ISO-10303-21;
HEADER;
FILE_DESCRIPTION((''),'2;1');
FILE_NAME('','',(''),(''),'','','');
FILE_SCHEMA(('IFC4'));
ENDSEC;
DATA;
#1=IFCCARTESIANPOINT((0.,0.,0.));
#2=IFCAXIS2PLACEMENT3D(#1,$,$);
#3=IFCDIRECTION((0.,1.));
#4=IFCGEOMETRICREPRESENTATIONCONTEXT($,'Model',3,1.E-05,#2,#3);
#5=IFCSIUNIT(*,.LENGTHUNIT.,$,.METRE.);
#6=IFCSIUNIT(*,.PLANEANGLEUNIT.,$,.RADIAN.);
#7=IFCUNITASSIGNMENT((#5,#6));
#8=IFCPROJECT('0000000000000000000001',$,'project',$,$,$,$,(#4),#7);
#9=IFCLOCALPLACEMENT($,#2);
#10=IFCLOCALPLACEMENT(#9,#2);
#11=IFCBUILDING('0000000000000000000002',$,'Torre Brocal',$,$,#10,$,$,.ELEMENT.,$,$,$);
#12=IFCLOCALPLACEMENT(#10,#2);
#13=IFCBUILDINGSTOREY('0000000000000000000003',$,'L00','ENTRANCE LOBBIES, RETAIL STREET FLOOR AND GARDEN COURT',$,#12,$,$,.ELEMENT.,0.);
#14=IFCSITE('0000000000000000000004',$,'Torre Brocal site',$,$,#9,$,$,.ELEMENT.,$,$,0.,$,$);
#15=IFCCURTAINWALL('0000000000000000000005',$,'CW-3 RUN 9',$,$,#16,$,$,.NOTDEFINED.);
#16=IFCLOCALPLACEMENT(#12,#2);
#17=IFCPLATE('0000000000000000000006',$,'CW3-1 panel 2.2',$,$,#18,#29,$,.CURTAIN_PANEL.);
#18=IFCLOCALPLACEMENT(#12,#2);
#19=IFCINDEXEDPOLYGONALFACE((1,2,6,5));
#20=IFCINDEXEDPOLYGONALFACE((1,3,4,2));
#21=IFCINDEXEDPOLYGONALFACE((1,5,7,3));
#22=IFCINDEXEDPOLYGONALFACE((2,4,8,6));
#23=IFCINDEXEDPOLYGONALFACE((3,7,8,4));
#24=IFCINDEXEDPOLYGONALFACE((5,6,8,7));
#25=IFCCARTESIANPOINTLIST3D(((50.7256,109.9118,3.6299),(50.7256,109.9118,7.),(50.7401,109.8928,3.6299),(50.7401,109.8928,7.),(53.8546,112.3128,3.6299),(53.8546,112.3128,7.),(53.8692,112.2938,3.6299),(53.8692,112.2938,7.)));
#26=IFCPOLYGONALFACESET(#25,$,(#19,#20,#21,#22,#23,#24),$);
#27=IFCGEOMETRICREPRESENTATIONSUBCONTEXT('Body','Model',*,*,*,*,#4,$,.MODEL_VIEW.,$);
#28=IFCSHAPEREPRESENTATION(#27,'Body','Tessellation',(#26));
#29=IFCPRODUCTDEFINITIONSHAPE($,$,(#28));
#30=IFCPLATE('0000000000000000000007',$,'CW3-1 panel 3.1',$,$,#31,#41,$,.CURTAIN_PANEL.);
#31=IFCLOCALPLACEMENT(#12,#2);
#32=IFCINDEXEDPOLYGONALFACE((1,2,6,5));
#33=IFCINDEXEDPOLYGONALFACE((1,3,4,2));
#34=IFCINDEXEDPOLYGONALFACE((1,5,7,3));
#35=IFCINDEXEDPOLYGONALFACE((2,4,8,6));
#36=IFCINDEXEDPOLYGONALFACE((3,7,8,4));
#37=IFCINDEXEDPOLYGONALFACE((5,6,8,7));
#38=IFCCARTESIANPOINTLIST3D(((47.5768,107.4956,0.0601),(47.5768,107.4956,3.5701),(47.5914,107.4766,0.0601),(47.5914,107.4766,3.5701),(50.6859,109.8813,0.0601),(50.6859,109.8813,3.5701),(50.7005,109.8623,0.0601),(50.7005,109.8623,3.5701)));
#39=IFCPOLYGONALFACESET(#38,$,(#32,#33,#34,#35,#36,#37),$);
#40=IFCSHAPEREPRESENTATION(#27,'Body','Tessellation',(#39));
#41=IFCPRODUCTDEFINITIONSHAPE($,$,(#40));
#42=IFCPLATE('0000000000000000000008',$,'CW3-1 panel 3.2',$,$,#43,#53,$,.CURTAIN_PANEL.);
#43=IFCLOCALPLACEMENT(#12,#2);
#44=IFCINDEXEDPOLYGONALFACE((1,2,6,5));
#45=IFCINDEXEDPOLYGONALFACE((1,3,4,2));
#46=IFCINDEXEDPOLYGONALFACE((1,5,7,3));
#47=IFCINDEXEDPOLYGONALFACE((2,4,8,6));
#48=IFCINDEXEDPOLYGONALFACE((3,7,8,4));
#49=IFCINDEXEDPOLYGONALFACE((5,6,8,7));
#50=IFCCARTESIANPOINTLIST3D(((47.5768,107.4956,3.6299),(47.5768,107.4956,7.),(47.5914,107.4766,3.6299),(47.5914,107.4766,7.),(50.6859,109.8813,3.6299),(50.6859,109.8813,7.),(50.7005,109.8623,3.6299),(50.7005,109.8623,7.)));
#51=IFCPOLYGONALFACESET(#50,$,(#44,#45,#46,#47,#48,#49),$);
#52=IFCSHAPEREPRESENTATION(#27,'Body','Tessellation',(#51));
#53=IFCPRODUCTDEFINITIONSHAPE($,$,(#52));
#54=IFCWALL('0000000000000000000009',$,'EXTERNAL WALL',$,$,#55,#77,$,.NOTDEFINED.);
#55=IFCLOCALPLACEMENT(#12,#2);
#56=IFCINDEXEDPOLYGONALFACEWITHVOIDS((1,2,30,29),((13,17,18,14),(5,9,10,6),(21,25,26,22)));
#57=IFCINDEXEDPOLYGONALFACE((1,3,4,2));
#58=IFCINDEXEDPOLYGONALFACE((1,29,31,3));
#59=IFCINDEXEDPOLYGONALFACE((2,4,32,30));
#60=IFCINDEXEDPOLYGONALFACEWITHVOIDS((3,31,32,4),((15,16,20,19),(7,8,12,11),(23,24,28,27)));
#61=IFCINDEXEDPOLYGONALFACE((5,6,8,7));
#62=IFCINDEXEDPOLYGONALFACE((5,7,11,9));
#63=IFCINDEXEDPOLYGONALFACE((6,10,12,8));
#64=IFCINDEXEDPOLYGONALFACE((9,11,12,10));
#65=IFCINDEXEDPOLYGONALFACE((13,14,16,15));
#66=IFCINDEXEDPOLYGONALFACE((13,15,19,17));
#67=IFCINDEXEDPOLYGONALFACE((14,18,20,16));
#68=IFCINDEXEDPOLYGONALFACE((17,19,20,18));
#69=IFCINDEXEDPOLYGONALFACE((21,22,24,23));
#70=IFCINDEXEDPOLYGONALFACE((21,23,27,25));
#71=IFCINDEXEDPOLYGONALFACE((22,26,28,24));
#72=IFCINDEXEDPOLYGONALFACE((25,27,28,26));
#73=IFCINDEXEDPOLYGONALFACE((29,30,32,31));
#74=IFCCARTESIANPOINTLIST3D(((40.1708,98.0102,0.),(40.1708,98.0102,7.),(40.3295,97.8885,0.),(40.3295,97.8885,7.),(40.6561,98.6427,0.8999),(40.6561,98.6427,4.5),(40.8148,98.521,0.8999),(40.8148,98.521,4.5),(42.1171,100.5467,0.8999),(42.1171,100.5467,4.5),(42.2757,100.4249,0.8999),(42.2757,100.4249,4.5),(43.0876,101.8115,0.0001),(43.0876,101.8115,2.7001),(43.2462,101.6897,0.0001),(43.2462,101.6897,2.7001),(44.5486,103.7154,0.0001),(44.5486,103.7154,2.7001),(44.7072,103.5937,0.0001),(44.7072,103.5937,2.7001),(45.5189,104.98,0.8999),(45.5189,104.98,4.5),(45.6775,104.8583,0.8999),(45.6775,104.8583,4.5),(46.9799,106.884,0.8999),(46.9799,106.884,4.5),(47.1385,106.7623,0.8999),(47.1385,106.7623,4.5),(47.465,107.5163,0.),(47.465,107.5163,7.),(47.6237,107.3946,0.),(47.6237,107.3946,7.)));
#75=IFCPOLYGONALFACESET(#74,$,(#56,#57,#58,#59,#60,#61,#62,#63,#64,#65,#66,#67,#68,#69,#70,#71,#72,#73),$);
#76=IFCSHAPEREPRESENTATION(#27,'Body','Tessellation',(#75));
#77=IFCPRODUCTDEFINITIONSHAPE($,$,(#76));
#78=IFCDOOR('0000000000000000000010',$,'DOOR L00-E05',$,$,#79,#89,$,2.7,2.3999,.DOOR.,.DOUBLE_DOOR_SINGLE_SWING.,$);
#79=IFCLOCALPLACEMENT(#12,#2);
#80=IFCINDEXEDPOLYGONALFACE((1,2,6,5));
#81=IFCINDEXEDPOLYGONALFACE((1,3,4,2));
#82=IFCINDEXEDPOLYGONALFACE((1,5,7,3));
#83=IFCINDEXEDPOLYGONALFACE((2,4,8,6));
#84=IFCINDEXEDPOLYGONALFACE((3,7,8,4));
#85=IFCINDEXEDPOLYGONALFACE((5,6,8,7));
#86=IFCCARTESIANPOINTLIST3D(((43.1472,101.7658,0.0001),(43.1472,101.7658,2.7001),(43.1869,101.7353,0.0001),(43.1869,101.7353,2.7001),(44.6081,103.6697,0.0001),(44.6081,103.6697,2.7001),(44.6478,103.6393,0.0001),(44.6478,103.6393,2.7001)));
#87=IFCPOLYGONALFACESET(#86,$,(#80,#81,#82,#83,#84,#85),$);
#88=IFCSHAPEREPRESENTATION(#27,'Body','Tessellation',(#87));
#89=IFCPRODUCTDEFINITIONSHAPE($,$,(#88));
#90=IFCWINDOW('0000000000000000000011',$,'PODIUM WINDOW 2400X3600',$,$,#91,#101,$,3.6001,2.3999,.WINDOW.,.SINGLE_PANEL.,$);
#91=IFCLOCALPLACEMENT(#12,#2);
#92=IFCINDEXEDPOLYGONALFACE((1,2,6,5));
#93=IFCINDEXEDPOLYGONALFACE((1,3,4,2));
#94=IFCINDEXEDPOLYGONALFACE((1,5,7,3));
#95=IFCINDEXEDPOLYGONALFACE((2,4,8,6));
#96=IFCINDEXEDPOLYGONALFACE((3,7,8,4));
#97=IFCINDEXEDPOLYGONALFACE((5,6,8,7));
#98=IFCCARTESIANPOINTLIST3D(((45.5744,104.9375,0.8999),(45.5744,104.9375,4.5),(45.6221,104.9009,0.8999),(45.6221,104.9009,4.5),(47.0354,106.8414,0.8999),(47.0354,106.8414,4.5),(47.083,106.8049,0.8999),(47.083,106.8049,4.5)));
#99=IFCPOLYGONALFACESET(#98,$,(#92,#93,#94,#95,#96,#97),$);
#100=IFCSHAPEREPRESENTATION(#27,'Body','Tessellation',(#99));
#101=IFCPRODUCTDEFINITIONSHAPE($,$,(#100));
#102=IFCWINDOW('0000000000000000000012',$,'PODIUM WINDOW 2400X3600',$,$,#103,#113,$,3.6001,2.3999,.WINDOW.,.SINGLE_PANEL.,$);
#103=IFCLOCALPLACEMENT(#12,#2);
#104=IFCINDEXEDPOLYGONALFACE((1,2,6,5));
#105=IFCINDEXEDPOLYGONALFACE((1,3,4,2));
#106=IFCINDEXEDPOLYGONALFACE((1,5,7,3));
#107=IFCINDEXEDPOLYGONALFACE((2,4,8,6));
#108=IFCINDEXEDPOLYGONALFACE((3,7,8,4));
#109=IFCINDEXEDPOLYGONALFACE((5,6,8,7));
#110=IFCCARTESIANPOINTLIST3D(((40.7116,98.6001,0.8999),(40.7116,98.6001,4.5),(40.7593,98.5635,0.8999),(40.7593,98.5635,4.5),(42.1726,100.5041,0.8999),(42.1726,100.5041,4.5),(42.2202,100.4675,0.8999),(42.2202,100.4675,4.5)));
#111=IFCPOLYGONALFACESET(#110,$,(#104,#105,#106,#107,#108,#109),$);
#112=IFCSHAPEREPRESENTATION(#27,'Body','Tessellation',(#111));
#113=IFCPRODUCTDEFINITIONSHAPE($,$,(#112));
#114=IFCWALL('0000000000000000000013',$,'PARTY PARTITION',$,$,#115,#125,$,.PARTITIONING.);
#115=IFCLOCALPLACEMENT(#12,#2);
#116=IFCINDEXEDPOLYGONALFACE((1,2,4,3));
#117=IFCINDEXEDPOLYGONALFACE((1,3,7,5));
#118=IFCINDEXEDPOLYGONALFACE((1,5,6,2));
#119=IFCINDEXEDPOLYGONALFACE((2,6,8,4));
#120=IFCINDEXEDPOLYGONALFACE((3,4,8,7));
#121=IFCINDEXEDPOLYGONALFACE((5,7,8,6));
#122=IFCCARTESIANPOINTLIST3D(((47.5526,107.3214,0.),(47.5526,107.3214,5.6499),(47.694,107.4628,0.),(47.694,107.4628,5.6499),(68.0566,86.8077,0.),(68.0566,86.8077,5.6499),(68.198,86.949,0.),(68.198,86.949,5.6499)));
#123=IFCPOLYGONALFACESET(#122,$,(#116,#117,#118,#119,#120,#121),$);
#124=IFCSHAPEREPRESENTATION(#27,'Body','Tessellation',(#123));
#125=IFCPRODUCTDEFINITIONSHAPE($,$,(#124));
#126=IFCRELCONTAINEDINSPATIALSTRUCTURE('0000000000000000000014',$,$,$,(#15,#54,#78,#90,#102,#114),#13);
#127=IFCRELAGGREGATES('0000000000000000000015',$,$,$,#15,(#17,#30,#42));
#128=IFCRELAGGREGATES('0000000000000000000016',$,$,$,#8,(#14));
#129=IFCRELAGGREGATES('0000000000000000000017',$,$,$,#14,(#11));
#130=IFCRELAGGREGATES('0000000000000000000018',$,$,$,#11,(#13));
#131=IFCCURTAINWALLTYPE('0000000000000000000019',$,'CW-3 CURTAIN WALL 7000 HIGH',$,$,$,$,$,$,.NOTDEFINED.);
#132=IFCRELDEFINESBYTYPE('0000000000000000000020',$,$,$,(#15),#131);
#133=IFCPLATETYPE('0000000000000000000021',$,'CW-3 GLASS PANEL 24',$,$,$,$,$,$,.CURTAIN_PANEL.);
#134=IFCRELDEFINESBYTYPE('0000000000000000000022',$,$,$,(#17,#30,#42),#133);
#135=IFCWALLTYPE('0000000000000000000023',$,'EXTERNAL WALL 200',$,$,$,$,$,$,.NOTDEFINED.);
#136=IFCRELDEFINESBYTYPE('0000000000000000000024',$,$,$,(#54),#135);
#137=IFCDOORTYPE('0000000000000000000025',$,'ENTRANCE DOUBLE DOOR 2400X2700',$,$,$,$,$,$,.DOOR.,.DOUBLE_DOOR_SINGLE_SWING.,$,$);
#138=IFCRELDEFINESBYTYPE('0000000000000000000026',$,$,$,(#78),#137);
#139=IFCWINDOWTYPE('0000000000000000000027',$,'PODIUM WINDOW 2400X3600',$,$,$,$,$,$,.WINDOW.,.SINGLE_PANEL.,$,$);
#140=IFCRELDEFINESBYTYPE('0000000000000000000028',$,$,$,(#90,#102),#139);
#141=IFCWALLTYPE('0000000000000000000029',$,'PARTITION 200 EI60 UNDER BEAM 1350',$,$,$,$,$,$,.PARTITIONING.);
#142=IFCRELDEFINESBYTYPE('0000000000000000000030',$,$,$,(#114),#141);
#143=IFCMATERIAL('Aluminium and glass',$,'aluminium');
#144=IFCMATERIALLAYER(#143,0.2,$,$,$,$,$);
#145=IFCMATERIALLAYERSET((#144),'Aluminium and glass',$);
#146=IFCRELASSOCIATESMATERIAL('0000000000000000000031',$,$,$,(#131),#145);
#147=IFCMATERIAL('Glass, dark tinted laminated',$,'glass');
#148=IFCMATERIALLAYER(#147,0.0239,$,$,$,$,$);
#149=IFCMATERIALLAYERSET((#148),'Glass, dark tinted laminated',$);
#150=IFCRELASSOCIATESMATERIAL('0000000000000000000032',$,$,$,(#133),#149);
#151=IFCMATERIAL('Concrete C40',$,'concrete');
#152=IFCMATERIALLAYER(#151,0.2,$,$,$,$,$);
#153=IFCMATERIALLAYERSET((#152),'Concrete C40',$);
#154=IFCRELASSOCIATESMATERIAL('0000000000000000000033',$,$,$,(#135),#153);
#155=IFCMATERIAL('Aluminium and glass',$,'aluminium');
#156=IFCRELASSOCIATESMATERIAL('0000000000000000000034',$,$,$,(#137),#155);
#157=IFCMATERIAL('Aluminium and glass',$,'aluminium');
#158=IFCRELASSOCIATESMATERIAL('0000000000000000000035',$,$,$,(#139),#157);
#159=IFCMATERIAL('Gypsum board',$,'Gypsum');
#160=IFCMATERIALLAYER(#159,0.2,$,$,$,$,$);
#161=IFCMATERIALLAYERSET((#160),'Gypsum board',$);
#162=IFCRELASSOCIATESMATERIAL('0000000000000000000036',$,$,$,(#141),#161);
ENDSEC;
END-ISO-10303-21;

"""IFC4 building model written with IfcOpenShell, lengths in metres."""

from ifc_helpers import new_model, si_unit, direction, frame, frame_2d, origin, origin_2d, place, context, subcontext, project, spatial, rectangle, extrude, material, layer, layer_set, type_object, element, fill, aggregate, save


model = new_model("IFC4")

# Units and contexts
model_context = context("Model", 3, precision=1e-05, world=origin(), true_north=direction((0.0, 1.0)))
body_context = subcontext(model_context, "Body", "Model", "MODEL_VIEW")
ifc_project = project(units=[si_unit("LENGTHUNIT", "METRE"), si_unit("PLANEANGLEUNIT", "RADIAN")], contexts=[model_context])

# Site, building, storey
site_placement = place(None, origin())
site = spatial("IfcSite", under=ifc_project, at=site_placement, Name="Torre Brocal site", CompositionType="ELEMENT", RefElevation=0.0)
building_placement = place(site_placement, origin())
building = spatial("IfcBuilding", under=site, at=building_placement, Name="Torre Brocal", CompositionType="ELEMENT")
storey_placement = place(building_placement, origin())
storey = spatial("IfcBuildingStorey", under=building, at=storey_placement, Name="L00", Description="ENTRANCE LOBBIES, RETAIL STREET FLOOR AND GARDEN COURT", CompositionType="ELEMENT", Elevation=0.0)

# Curtain wall
ifc_material_1 = material(Name="Aluminium and glass", Category="aluminium")
ifc_layer_1 = layer(ifc_material_1, 0.2)
ifc_layer_set_1 = layer_set([ifc_layer_1], Name="Aluminium and glass")
curtain_wall_type = type_object("IfcCurtainWallType", Name="CW-3 CURTAIN WALL 7000 HIGH", PredefinedType="NOTDEFINED", material=ifc_layer_set_1)
curtain_wall_placement = place(storey_placement, origin())
curtain_wall = element("IfcCurtainWall", 1, at=curtain_wall_placement, inside=storey, type_object=curtain_wall_type, Name="CW-3 RUN 9", PredefinedType="NOTDEFINED")

# Plates
ifc_material_2 = material(Name="Glass, dark tinted laminated", Category="glass")
ifc_layer_2 = layer(ifc_material_2, 0.0239)
ifc_layer_set_2 = layer_set([ifc_layer_2], Name="Glass, dark tinted laminated")
plate_type = type_object("IfcPlateType", Name="CW-3 GLASS PANEL 24", PredefinedType="CURTAIN_PANEL", material=ifc_layer_set_2)
plate_1_placement = place(storey_placement, frame((52.2974, 111.1028, 3.6299), z_axis=(0.0, 0.0, 1.0), x_axis=(-0.793353, -0.608761, 0.0)))
plate_1 = element("IfcPlate", 2, at=plate_1_placement, type_object=plate_type, Name="CW3-1 panel 2.2", PredefinedType="CURTAIN_PANEL", context=body_context, shape_type="SweptSolid", body=[
    extrude(rectangle(XDim=3.9441, YDim=0.0239, at=origin_2d()), origin(), (0.0, 0.0, 1.0), 3.3701),
])
plate_2_placement = place(storey_placement, frame((49.1387, 108.679, 0.0601), z_axis=(0.0, 0.0, 1.0), x_axis=(-0.793353, -0.608761, 0.0)))
plate_2 = element("IfcPlate", 3, at=plate_2_placement, type_object=plate_type, Name="CW3-1 panel 3.1", PredefinedType="CURTAIN_PANEL", context=body_context, shape_type="SweptSolid", body=[
    extrude(rectangle(XDim=3.9189, YDim=0.0239, at=origin_2d()), origin(), (0.0, 0.0, 1.0), 3.51),
])
plate_3_placement = place(storey_placement, frame((49.1387, 108.679, 3.6299), z_axis=(0.0, 0.0, 1.0), x_axis=(-0.793353, -0.608761, 0.0)))
plate_3 = element("IfcPlate", 4, at=plate_3_placement, type_object=plate_type, Name="CW3-1 panel 3.2", PredefinedType="CURTAIN_PANEL", context=body_context, shape_type="SweptSolid", body=[
    extrude(rectangle(XDim=3.9189, YDim=0.0239, at=origin_2d()), origin(), (0.0, 0.0, 1.0), 3.3701),
])
aggregate(curtain_wall, [plate_1, plate_2, plate_3])

# Wall, openings, door, windows
ifc_material_3 = material(Name="Concrete C40", Category="concrete")
ifc_layer_3 = layer(ifc_material_3, 0.2)
ifc_layer_set_3 = layer_set([ifc_layer_3], Name="Concrete C40")
wall_type_1 = type_object("IfcWallType", Name="EXTERNAL WALL 200", PredefinedType="NOTDEFINED", material=ifc_layer_set_3)
wall_1_placement = place(storey_placement, frame((47.5444, 107.4556, 0.0), z_axis=(0.0, 0.0, 1.0), x_axis=(-0.608756, -0.793357, 0.0)))
wall_1 = element("IfcWall", 5, at=wall_1_placement, inside=storey, type_object=wall_type_1, Name="EXTERNAL WALL", PredefinedType="NOTDEFINED", context=body_context, shape_type="SweptSolid", body=[
    extrude(rectangle(XDim=11.9822, YDim=0.2, at=frame_2d((5.9912, 0.0))), origin(), (0.0, 0.0, 1.0), 7.0),
])
opening_1_placement = place(wall_1_placement, frame((0.7971, 0.0, 0.8999)))
opening_1 = element("IfcOpeningElement", 6, at=opening_1_placement, cuts=wall_1, PredefinedType="OPENING", context=body_context, shape_type="SweptSolid", body=[
    extrude(rectangle(XDim=2.3999, YDim=3.6001, at=frame_2d((1.2, 1.8))), frame((0.0, 0.1099, 0.0), z_axis=(0.0, -1.0, 0.0), x_axis=(1.0, 0.0, 0.0)), (0.0, 0.0, 1.0), 0.22),
])
opening_2_placement = place(wall_1_placement, frame((4.791, 0.0, 0.0)))
opening_2 = element("IfcOpeningElement", 7, at=opening_2_placement, cuts=wall_1, PredefinedType="OPENING", context=body_context, shape_type="SweptSolid", body=[
    extrude(rectangle(XDim=2.3999, YDim=2.7, at=frame_2d((1.2, 1.3501))), frame((0.0, 0.1099, 0.0), z_axis=(0.0, -1.0, 0.0), x_axis=(1.0, 0.0, 0.0)), (0.0, 0.0, 1.0), 0.22),
])
opening_3_placement = place(wall_1_placement, frame((8.7852, 0.0, 0.8999)))
opening_3 = element("IfcOpeningElement", 8, at=opening_3_placement, cuts=wall_1, PredefinedType="OPENING", context=body_context, shape_type="SweptSolid", body=[
    extrude(rectangle(XDim=2.3999, YDim=3.6001, at=frame_2d((1.2, 1.8))), frame((0.0, 0.1099, 0.0), z_axis=(0.0, -1.0, 0.0), x_axis=(1.0, 0.0, 0.0)), (0.0, 0.0, 1.0), 0.22),
])
ifc_material_4 = material(Name="Aluminium and glass", Category="aluminium")
door_type = type_object("IfcDoorType", Name="ENTRANCE DOUBLE DOOR 2400X2700", OperationType="DOUBLE_DOOR_SINGLE_SWING", PredefinedType="DOOR", material=ifc_material_4)
door_placement = place(opening_2_placement, frame((2.3999, 0.0, 0.0), z_axis=(0.0, 0.0, 1.0), x_axis=(-1.0, 0.0, 0.0)))
door = element("IfcDoor", 9, at=door_placement, inside=storey, type_object=door_type, Name="DOOR L00-E05", OperationType="DOUBLE_DOOR_SINGLE_SWING", OverallHeight=2.7, OverallWidth=2.3999, PredefinedType="DOOR", context=body_context, shape_type="SweptSolid", body=[
    extrude(rectangle(XDim=2.3999, YDim=2.7, at=frame_2d((1.2, 1.3501))), frame((0.0, 0.0249, 0.0), z_axis=(0.0, -1.0, 0.0), x_axis=(1.0, 0.0, 0.0)), (0.0, 0.0, 1.0), 0.05),
])
fill(opening_2, door)
ifc_material_5 = material(Name="Aluminium and glass", Category="aluminium")
window_type = type_object("IfcWindowType", Name="PODIUM WINDOW 2400X3600", PartitioningType="SINGLE_PANEL", PredefinedType="WINDOW", material=ifc_material_5)
window_1_placement = place(opening_1_placement, origin())
window_1 = element("IfcWindow", 10, at=window_1_placement, inside=storey, type_object=window_type, Name="PODIUM WINDOW 2400X3600", OverallHeight=3.6001, OverallWidth=2.3999, PartitioningType="SINGLE_PANEL", PredefinedType="WINDOW", context=body_context, shape_type="SweptSolid", body=[
    extrude(rectangle(XDim=2.3999, YDim=3.6001, at=frame_2d((1.2, 1.8))), frame((0.0, 0.03, 0.0), z_axis=(0.0, -1.0, 0.0), x_axis=(1.0, 0.0, 0.0)), (0.0, 0.0, 1.0), 0.0601),
])
fill(opening_1, window_1)
window_2_placement = place(opening_3_placement, origin())
window_2 = element("IfcWindow", 11, at=window_2_placement, inside=storey, type_object=window_type, Name="PODIUM WINDOW 2400X3600", OverallHeight=3.6001, OverallWidth=2.3999, PartitioningType="SINGLE_PANEL", PredefinedType="WINDOW", context=body_context, shape_type="SweptSolid", body=[
    extrude(rectangle(XDim=2.3999, YDim=3.6001, at=frame_2d((1.2, 1.8))), frame((0.0, 0.03, 0.0), z_axis=(0.0, -1.0, 0.0), x_axis=(1.0, 0.0, 0.0)), (0.0, 0.0, 1.0), 0.0601),
])
fill(opening_3, window_2)

# Wall
ifc_material_6 = material(Name="Gypsum board", Category="Gypsum")
ifc_layer_4 = layer(ifc_material_6, 0.2)
ifc_layer_set_4 = layer_set([ifc_layer_4], Name="Gypsum board")
wall_type_2 = type_object("IfcWallType", Name="PARTITION 200 EI60 UNDER BEAM 1350", PredefinedType="PARTITIONING", material=ifc_layer_set_4)
wall_2_placement = place(storey_placement, frame((47.6233, 107.3921, 0.0), z_axis=(0.0, 0.0, 1.0), x_axis=(0.706938, -0.707275, 0.0)))
element("IfcWall", 12, at=wall_2_placement, inside=storey, type_object=wall_type_2, Name="PARTY PARTITION", PredefinedType="PARTITIONING", context=body_context, shape_type="SweptSolid", body=[
    extrude(rectangle(XDim=29.0039, YDim=0.2, at=frame_2d((14.502, 0.0))), origin(), (0.0, 0.0, 1.0), 5.6499),
])

save(model, "model.ifc")
